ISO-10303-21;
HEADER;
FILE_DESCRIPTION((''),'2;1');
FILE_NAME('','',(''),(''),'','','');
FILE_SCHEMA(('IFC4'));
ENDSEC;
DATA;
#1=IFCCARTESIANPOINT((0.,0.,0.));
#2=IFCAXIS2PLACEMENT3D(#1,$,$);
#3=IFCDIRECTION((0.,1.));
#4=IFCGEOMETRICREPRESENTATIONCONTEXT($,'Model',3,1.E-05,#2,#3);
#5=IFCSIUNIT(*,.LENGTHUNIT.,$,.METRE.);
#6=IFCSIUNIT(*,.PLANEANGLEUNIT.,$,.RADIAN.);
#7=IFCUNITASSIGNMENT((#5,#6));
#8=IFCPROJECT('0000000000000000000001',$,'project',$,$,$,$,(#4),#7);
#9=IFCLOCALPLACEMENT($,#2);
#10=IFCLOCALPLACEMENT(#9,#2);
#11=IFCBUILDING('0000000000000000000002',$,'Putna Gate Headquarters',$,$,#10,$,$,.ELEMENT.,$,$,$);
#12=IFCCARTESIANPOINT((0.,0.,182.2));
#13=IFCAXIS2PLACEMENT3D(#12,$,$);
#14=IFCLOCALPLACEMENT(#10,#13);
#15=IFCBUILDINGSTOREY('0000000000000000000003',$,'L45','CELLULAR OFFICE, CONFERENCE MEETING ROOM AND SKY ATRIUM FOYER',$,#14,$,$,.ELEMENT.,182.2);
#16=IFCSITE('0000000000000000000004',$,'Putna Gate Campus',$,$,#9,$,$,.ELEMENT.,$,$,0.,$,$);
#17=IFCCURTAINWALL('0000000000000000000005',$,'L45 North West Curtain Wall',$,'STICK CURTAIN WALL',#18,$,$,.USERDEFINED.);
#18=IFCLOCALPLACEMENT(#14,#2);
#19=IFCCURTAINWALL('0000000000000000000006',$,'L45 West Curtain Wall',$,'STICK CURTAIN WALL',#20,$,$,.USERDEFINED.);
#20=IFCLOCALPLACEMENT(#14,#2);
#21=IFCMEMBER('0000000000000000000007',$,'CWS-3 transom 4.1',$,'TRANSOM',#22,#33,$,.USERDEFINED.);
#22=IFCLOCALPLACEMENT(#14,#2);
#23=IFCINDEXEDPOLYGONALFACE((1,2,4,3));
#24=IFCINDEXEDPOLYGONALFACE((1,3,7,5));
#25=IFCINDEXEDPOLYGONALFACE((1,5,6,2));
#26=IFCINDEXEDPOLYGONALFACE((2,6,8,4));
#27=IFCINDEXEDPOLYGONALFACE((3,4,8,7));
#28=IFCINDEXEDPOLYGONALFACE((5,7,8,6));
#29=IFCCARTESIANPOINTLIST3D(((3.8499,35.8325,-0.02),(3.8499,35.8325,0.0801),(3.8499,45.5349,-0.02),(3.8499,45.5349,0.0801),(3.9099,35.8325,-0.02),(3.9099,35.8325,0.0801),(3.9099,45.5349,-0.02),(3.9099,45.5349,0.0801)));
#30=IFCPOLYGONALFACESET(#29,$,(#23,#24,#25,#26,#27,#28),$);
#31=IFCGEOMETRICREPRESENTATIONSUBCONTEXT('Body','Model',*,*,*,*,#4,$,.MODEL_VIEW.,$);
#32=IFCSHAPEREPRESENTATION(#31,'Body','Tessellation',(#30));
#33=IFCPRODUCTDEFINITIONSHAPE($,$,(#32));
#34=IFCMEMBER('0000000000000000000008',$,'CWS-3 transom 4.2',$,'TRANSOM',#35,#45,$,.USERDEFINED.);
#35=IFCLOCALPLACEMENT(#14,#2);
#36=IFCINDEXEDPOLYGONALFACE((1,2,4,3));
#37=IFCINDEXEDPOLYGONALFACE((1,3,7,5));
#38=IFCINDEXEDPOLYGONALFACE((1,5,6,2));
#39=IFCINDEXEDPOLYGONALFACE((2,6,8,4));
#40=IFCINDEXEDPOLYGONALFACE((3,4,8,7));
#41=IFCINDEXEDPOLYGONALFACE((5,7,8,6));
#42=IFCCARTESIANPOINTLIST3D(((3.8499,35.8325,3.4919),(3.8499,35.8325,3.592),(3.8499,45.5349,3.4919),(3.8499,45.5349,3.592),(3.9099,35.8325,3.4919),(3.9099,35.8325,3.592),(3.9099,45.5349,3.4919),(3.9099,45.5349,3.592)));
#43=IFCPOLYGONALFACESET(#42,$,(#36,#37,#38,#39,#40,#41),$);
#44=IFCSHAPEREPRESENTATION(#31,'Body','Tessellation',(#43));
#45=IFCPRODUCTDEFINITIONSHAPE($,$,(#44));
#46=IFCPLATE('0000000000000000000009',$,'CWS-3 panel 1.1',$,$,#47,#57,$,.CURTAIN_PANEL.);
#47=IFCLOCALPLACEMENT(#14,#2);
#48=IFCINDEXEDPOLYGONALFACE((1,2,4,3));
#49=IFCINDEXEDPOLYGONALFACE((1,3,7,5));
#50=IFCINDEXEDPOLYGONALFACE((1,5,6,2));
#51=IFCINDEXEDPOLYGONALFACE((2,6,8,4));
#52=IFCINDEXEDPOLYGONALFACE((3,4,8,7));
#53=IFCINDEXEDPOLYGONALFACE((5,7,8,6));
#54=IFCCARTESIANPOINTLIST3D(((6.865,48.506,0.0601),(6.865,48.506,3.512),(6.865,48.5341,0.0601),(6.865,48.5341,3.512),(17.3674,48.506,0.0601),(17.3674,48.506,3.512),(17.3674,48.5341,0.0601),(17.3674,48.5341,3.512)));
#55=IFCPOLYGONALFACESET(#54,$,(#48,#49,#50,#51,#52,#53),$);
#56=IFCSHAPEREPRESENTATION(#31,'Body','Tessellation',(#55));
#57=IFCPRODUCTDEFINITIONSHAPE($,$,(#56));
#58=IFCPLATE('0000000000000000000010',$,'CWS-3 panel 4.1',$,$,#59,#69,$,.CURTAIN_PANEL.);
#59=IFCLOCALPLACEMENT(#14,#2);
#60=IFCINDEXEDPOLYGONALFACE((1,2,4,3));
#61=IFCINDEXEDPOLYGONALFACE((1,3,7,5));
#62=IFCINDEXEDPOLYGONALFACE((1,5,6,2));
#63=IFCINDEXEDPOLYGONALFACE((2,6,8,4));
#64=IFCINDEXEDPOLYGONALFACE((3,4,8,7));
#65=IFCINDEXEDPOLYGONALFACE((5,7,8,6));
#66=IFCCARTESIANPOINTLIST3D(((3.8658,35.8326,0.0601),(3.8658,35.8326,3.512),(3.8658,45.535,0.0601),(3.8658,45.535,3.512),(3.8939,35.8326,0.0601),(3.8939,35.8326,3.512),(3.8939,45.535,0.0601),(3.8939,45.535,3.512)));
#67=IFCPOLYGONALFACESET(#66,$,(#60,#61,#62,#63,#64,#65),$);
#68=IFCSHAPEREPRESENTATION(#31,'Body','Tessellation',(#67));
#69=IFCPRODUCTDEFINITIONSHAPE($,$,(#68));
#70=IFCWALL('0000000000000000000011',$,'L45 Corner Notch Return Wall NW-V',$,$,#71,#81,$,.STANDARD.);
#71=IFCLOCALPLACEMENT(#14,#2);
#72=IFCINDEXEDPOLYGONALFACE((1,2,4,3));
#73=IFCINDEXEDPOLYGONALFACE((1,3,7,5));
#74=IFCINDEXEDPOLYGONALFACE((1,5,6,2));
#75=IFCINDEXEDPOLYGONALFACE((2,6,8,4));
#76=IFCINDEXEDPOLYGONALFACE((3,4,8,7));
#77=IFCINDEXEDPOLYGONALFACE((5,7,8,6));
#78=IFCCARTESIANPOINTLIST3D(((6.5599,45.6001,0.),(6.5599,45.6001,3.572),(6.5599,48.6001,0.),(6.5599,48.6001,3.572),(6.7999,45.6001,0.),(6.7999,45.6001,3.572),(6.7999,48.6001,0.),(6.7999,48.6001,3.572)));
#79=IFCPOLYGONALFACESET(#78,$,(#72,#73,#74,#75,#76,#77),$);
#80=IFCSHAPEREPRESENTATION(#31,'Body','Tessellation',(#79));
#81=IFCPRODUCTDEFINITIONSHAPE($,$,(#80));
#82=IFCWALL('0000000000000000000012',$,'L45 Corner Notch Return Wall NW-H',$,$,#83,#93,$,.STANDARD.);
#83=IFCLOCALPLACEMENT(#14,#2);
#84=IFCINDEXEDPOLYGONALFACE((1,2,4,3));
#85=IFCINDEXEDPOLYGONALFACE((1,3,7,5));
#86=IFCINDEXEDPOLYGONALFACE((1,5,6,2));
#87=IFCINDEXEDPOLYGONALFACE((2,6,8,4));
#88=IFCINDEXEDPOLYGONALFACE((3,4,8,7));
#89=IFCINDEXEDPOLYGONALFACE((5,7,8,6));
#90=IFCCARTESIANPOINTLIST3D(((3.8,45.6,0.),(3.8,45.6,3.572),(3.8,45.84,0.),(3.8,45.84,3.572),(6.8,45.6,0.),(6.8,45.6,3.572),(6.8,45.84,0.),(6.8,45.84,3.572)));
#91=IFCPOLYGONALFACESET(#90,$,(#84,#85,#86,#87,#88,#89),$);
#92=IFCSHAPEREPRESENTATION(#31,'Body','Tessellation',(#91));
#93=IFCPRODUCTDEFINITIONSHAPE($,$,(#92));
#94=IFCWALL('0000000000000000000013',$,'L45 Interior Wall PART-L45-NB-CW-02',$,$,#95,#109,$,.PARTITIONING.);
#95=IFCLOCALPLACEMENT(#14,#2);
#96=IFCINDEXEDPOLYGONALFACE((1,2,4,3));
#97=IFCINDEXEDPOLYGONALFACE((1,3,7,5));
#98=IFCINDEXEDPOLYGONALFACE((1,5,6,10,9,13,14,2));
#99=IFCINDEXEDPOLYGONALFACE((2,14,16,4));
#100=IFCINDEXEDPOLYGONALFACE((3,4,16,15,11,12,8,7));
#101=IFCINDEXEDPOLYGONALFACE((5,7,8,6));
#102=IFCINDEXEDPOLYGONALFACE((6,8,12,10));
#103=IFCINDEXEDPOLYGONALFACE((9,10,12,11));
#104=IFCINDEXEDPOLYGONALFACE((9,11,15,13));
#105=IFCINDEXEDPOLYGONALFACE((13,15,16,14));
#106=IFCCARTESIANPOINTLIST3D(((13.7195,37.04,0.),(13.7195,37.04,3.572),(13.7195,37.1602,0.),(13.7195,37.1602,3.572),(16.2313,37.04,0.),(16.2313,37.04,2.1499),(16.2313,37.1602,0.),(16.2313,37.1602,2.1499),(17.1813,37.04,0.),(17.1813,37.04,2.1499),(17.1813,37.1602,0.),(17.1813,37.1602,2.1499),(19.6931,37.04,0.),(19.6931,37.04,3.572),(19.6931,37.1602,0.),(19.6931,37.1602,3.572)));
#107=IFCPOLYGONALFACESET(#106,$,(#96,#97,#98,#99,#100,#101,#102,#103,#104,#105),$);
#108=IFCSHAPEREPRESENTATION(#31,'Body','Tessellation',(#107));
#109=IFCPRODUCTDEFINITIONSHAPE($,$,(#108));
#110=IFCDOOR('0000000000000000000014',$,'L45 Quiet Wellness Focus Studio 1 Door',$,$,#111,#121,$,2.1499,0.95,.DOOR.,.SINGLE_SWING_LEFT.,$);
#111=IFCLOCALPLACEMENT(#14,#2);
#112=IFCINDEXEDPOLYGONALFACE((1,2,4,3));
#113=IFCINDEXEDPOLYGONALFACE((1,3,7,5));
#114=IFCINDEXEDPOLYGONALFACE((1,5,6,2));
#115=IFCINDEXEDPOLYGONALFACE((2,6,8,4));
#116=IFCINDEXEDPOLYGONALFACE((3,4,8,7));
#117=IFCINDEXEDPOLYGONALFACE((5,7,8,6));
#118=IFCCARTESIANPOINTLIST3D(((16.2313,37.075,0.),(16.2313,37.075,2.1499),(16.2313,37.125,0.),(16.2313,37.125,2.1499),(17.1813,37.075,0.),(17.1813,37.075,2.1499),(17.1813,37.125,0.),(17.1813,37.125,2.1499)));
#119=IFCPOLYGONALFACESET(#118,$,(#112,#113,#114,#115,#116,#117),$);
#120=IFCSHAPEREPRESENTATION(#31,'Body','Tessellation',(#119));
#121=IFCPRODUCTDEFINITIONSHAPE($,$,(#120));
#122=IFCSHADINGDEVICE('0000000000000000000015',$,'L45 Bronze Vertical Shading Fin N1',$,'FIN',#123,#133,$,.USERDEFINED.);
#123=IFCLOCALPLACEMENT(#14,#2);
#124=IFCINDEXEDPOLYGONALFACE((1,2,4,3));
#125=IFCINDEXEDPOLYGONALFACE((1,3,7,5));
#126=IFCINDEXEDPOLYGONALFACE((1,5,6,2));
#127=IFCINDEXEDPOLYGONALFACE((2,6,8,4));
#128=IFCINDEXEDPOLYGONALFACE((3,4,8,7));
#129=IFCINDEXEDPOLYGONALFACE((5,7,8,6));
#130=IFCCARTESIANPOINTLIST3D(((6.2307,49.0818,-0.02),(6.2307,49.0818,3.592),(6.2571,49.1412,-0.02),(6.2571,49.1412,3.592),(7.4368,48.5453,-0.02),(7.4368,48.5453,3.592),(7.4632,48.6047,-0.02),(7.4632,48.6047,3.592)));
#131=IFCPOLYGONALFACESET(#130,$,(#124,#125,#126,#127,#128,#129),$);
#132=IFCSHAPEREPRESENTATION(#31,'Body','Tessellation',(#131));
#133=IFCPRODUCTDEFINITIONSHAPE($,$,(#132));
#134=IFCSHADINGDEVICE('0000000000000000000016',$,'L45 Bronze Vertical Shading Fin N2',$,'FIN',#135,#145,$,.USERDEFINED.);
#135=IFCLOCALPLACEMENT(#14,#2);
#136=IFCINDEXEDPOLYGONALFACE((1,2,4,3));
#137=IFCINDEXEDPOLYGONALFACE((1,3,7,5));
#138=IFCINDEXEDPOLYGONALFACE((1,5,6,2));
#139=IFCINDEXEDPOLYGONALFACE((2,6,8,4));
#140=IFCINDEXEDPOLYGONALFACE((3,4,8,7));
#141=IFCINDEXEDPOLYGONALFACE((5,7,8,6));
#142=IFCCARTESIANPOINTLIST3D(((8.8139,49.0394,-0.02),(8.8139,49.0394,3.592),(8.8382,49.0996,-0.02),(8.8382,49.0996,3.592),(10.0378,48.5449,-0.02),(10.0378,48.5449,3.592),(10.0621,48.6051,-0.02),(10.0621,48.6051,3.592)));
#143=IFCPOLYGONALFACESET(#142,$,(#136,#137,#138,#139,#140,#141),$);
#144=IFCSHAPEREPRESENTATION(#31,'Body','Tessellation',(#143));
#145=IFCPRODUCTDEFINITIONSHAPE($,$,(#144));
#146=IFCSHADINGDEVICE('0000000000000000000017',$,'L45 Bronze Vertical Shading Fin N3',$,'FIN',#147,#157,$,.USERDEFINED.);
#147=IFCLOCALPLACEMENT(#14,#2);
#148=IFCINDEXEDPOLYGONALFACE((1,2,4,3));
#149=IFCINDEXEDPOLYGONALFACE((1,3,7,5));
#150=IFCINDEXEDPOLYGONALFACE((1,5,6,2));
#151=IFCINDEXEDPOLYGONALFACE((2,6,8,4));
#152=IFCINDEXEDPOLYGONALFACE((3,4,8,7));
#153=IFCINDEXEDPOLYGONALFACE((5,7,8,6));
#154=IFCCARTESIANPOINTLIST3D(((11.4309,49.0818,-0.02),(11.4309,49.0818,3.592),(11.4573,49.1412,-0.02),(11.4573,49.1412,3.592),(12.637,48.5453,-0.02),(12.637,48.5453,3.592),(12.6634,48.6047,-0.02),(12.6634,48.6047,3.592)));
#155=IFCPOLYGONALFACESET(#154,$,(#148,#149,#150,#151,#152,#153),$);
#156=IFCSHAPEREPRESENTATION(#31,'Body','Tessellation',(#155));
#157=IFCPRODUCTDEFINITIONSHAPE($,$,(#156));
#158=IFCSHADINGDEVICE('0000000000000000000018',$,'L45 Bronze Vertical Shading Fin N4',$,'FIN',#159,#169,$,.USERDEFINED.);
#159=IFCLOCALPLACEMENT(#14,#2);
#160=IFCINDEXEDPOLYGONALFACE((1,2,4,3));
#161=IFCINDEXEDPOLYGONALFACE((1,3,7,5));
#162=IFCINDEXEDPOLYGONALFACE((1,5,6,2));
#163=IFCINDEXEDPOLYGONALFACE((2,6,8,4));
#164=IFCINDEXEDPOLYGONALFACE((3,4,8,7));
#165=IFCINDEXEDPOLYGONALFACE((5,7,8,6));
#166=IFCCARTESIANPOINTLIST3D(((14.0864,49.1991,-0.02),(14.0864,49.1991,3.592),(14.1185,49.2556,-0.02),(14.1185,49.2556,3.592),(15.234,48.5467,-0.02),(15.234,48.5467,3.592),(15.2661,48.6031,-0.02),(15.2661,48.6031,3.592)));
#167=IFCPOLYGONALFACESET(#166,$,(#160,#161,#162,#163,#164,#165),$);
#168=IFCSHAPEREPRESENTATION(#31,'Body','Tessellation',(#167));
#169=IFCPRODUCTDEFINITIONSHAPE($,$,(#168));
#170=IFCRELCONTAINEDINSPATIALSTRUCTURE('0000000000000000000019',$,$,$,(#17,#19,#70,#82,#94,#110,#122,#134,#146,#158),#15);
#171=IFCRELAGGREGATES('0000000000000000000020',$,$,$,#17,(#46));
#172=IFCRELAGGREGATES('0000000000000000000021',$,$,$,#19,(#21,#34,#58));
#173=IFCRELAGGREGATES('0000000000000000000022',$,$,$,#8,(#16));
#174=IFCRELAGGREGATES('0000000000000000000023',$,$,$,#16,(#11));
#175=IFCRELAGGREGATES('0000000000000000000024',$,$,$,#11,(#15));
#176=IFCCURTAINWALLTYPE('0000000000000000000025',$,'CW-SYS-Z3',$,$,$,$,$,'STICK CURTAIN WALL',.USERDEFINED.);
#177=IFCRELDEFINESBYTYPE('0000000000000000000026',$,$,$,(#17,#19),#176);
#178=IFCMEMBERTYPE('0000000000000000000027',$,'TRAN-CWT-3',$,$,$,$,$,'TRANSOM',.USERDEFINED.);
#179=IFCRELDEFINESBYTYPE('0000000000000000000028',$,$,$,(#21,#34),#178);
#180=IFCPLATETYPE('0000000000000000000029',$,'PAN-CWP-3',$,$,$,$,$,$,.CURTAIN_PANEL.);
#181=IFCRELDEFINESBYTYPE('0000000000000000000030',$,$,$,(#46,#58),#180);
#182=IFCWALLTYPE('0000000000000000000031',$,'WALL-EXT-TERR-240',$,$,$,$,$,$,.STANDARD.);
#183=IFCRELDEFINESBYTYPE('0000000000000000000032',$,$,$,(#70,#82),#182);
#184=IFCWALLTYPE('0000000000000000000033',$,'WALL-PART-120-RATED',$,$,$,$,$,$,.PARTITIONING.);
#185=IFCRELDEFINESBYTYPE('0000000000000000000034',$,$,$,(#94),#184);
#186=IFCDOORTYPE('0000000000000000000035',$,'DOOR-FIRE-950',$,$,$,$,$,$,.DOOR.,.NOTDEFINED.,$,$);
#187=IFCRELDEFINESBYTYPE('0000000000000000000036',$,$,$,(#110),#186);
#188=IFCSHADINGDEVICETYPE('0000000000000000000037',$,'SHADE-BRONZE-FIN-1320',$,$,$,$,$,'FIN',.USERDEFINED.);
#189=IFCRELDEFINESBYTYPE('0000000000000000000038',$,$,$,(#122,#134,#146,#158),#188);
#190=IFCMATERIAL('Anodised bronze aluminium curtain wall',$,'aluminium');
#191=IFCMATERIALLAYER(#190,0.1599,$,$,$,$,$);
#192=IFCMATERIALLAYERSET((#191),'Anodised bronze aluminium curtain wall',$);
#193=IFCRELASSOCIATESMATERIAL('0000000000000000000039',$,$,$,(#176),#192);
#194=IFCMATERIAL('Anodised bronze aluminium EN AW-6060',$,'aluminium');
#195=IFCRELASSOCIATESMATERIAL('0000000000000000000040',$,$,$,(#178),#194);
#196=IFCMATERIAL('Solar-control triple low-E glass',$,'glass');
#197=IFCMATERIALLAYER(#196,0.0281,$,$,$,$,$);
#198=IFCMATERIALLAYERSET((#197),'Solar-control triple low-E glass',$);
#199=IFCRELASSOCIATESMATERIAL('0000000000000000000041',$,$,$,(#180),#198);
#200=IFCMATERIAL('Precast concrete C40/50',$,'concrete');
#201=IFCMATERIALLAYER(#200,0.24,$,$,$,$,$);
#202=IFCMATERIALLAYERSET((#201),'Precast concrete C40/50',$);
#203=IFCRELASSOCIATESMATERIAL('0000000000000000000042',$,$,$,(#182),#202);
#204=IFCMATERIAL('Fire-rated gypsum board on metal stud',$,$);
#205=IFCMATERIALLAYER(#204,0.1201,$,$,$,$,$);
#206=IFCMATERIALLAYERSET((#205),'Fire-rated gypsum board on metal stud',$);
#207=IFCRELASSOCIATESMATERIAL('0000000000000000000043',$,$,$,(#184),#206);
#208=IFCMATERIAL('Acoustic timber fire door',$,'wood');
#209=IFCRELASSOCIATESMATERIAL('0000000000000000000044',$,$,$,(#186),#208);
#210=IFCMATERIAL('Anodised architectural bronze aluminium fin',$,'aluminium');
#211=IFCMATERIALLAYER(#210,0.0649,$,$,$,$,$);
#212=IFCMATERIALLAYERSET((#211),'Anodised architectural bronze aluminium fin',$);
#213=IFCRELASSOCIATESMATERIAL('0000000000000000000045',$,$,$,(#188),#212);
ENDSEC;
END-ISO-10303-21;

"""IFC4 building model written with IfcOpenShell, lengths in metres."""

from ifc_helpers import new_model, si_unit, direction, frame, frame_2d, origin, origin_2d, place, context, subcontext, project, spatial, rectangle, extrude, material, layer, layer_set, material_profile, profile_set, type_object, element, fill, aggregate, save


model = new_model("IFC4")

# Units and contexts
model_context = context("Model", 3, precision=1e-05, world=origin(), true_north=direction((0.0, 1.0)))
body_context = subcontext(model_context, "Body", "Model", "MODEL_VIEW")
ifc_project = project(units=[si_unit("LENGTHUNIT", "METRE"), si_unit("PLANEANGLEUNIT", "RADIAN")], contexts=[model_context])

# Site, building, storey
site_placement = place(None, origin())
site = spatial("IfcSite", under=ifc_project, at=site_placement, Name="Putna Gate Campus", CompositionType="ELEMENT", RefElevation=0.0)
building_placement = place(site_placement, origin())
building = spatial("IfcBuilding", under=site, at=building_placement, Name="Putna Gate Headquarters", CompositionType="ELEMENT")
storey_placement = place(building_placement, frame((0.0, 0.0, 182.2)))
storey = spatial("IfcBuildingStorey", under=building, at=storey_placement, Name="L45", Description="CELLULAR OFFICE, CONFERENCE MEETING ROOM AND SKY ATRIUM FOYER", CompositionType="ELEMENT", Elevation=182.2)

# Curtain wall
ifc_material_1 = material(Name="Anodised bronze aluminium curtain wall", Category="aluminium")
ifc_layer_1 = layer(ifc_material_1, 0.1599)
ifc_layer_set_1 = layer_set([ifc_layer_1], Name="Anodised bronze aluminium curtain wall")
curtain_wall_type = type_object("IfcCurtainWallType", Name="CW-SYS-Z3", ElementType="STICK CURTAIN WALL", PredefinedType="USERDEFINED", material=ifc_layer_set_1)
curtain_wall_1_placement = place(storey_placement, origin())
curtain_wall_1 = element("IfcCurtainWall", 1, at=curtain_wall_1_placement, inside=storey, type_object=curtain_wall_type, Name="L45 North West Curtain Wall", ObjectType="STICK CURTAIN WALL", PredefinedType="USERDEFINED")
ifc_material_2 = material(Name="Anodised bronze aluminium EN AW-6060", Category="aluminium")

# Curtain wall
curtain_wall_2_placement = place(storey_placement, origin())
curtain_wall_2 = element("IfcCurtainWall", 2, at=curtain_wall_2_placement, inside=storey, type_object=curtain_wall_type, Name="L45 West Curtain Wall", ObjectType="STICK CURTAIN WALL", PredefinedType="USERDEFINED")

# Members
ifc_material_profile_1 = material_profile(ifc_material_2, rectangle(XDim=0.0601, YDim=0.1001, at=origin_2d()), Name="Anodised bronze aluminium EN AW-6060")
ifc_profile_set_1 = profile_set([ifc_material_profile_1], Name="Anodised bronze aluminium EN AW-6060")
member_type_1 = type_object("IfcMemberType", Name="TRAN-CWT-3", ElementType="TRANSOM", PredefinedType="USERDEFINED", material=ifc_profile_set_1)
member_1_placement = place(storey_placement, frame((3.8799, 35.8325, 0.03), z_axis=(0.0, 1.0, 0.0), x_axis=(-1.0, 0.0, 0.0)))
member_1 = element("IfcMember", 3, at=member_1_placement, type_object=member_type_1, Name="CWS-3 transom 4.1", ObjectType="TRANSOM", PredefinedType="USERDEFINED", context=body_context, shape_type="SweptSolid", body=[
    extrude(rectangle(XDim=0.0601, YDim=0.1001, at=origin_2d()), origin(), (0.0, 0.0, 1.0), 9.7024),
])
member_2_placement = place(storey_placement, frame((3.8799, 35.8325, 3.542), z_axis=(0.0, 1.0, 0.0), x_axis=(-1.0, 0.0, 0.0)))
member_2 = element("IfcMember", 4, at=member_2_placement, type_object=member_type_1, Name="CWS-3 transom 4.2", ObjectType="TRANSOM", PredefinedType="USERDEFINED", context=body_context, shape_type="SweptSolid", body=[
    extrude(rectangle(XDim=0.0601, YDim=0.1001, at=origin_2d()), origin(), (0.0, 0.0, 1.0), 9.7024),
])

# Plates
ifc_material_3 = material(Name="Solar-control triple low-E glass", Category="glass")
ifc_layer_2 = layer(ifc_material_3, 0.0281)
ifc_layer_set_2 = layer_set([ifc_layer_2], Name="Solar-control triple low-E glass")
plate_type = type_object("IfcPlateType", Name="PAN-CWP-3", PredefinedType="CURTAIN_PANEL", material=ifc_layer_set_2)
plate_1_placement = place(storey_placement, frame((12.1162, 48.52, 0.0601), z_axis=(0.0, 0.0, 1.0), x_axis=(1.0, 0.0, 0.0)))
plate_1 = element("IfcPlate", 5, at=plate_1_placement, type_object=plate_type, Name="CWS-3 panel 1.1", PredefinedType="CURTAIN_PANEL", context=body_context, shape_type="SweptSolid", body=[
    extrude(rectangle(XDim=10.5024, YDim=0.0281, at=origin_2d()), origin(), (0.0, 0.0, 1.0), 3.4519),
])
aggregate(curtain_wall_1, [plate_1])
plate_2_placement = place(storey_placement, frame((3.8799, 40.6838, 0.0601), z_axis=(0.0, 0.0, 1.0), x_axis=(0.0, 1.0, 0.0)))
plate_2 = element("IfcPlate", 6, at=plate_2_placement, type_object=plate_type, Name="CWS-3 panel 4.1", PredefinedType="CURTAIN_PANEL", context=body_context, shape_type="SweptSolid", body=[
    extrude(rectangle(XDim=9.7024, YDim=0.0281, at=origin_2d()), origin(), (0.0, 0.0, 1.0), 3.4519),
])
aggregate(curtain_wall_2, [member_1, member_2, plate_2])

# Walls
ifc_material_4 = material(Name="Precast concrete C40/50", Category="concrete")
ifc_layer_3 = layer(ifc_material_4, 0.24)
ifc_layer_set_3 = layer_set([ifc_layer_3], Name="Precast concrete C40/50")
wall_type_1 = type_object("IfcWallType", Name="WALL-EXT-TERR-240", PredefinedType="STANDARD", material=ifc_layer_set_3)
for number, where, z_axis, x_axis, name in (
    (7, (6.6799, 45.6001, 0.0), (0.0, 0.0, 1.0), (0.0, 1.0, 0.0), "L45 Corner Notch Return Wall NW-V"),
    (8, (3.8, 45.72, 0.0), (0.0, 0.0, 1.0), (1.0, 0.0, 0.0), "L45 Corner Notch Return Wall NW-H"),
):
    element("IfcWall", number, at=place(storey_placement, frame(where, z_axis=z_axis, x_axis=x_axis)), inside=storey, type_object=wall_type_1, Name=name, PredefinedType="STANDARD", context=body_context, shape_type="SweptSolid", body=[
        extrude(rectangle(XDim=3.0, YDim=0.24, at=frame_2d((1.5, 0.0))), origin(), (0.0, 0.0, 1.0), 3.572),
    ])

# Wall, opening, door
ifc_material_5 = material(Name="Fire-rated gypsum board on metal stud")
ifc_layer_4 = layer(ifc_material_5, 0.1201)
ifc_layer_set_4 = layer_set([ifc_layer_4], Name="Fire-rated gypsum board on metal stud")
wall_type_2 = type_object("IfcWallType", Name="WALL-PART-120-RATED", PredefinedType="PARTITIONING", material=ifc_layer_set_4)
wall_placement = place(storey_placement, frame((13.7195, 37.1001, 0.0), z_axis=(0.0, 0.0, 1.0), x_axis=(1.0, 0.0, 0.0)))
wall = element("IfcWall", 9, at=wall_placement, inside=storey, type_object=wall_type_2, Name="L45 Interior Wall PART-L45-NB-CW-02", PredefinedType="PARTITIONING", context=body_context, shape_type="SweptSolid", body=[
    extrude(rectangle(XDim=5.9736, YDim=0.1201, at=frame_2d((2.9868, 0.0))), origin(), (0.0, 0.0, 1.0), 3.572),
])
opening_placement = place(wall_placement, frame((2.5117, 0.0, 0.0)))
opening = element("IfcOpeningElement", 10, at=opening_placement, cuts=wall, PredefinedType="OPENING", context=body_context, shape_type="SweptSolid", body=[
    extrude(rectangle(XDim=0.95, YDim=2.1499, at=frame_2d((0.4751, 1.075))), frame((0.0, 0.0701, 0.0), z_axis=(0.0, -1.0, 0.0), x_axis=(1.0, 0.0, 0.0)), (0.0, 0.0, 1.0), 0.1401),
])
ifc_material_6 = material(Name="Acoustic timber fire door", Category="wood")
door_type = type_object("IfcDoorType", Name="DOOR-FIRE-950", OperationType="NOTDEFINED", PredefinedType="DOOR", material=ifc_material_6)
door_placement = place(opening_placement, origin())
door = element("IfcDoor", 11, at=door_placement, inside=storey, type_object=door_type, Name="L45 Quiet Wellness Focus Studio 1 Door", OperationType="SINGLE_SWING_LEFT", OverallHeight=2.1499, OverallWidth=0.95, PredefinedType="DOOR", context=body_context, shape_type="SweptSolid", body=[
    extrude(rectangle(XDim=0.95, YDim=2.1499, at=frame_2d((0.4751, 1.075))), frame((0.0, 0.0249, 0.0), z_axis=(0.0, -1.0, 0.0), x_axis=(1.0, 0.0, 0.0)), (0.0, 0.0, 1.0), 0.05),
])
fill(opening, door)

# Shading devices
ifc_material_7 = material(Name="Anodised architectural bronze aluminium fin", Category="aluminium")
ifc_layer_5 = layer(ifc_material_7, 0.0649)
ifc_layer_set_5 = layer_set([ifc_layer_5], Name="Anodised architectural bronze aluminium fin")
shading_device_type = type_object("IfcShadingDeviceType", Name="SHADE-BRONZE-FIN-1320", ElementType="FIN", PredefinedType="USERDEFINED", material=ifc_layer_set_5)
for number, where, z_axis, x_axis, name in (
    (12, (6.8469, 48.8433, -0.02), (0.0, 0.0, 1.0), (-0.913687, 0.406418, 0.0), "L45 Bronze Vertical Shading Fin N1"),
    (13, (9.438, 48.8223, -0.02), (0.0, 0.0, 1.0), (-0.927184, 0.374607, 0.0), "L45 Bronze Vertical Shading Fin N2"),
    (14, (12.0471, 48.8433, -0.02), (0.0, 0.0, 1.0), (-0.913687, 0.406418, 0.0), "L45 Bronze Vertical Shading Fin N3"),
    (15, (14.6763, 48.9011, -0.02), (0.0, 0.0, 1.0), (-0.869322, 0.494245, 0.0), "L45 Bronze Vertical Shading Fin N4"),
):
    element("IfcShadingDevice", number, at=place(storey_placement, frame(where, z_axis=z_axis, x_axis=x_axis)), inside=storey, type_object=shading_device_type, Name=name, ObjectType="FIN", PredefinedType="USERDEFINED", context=body_context, shape_type="SweptSolid", body=[
        extrude(rectangle(XDim=1.3201, YDim=0.0649, at=origin_2d()), origin(), (0.0, 0.0, 1.0), 3.6121),
    ])

save(model, "model.ifc")
